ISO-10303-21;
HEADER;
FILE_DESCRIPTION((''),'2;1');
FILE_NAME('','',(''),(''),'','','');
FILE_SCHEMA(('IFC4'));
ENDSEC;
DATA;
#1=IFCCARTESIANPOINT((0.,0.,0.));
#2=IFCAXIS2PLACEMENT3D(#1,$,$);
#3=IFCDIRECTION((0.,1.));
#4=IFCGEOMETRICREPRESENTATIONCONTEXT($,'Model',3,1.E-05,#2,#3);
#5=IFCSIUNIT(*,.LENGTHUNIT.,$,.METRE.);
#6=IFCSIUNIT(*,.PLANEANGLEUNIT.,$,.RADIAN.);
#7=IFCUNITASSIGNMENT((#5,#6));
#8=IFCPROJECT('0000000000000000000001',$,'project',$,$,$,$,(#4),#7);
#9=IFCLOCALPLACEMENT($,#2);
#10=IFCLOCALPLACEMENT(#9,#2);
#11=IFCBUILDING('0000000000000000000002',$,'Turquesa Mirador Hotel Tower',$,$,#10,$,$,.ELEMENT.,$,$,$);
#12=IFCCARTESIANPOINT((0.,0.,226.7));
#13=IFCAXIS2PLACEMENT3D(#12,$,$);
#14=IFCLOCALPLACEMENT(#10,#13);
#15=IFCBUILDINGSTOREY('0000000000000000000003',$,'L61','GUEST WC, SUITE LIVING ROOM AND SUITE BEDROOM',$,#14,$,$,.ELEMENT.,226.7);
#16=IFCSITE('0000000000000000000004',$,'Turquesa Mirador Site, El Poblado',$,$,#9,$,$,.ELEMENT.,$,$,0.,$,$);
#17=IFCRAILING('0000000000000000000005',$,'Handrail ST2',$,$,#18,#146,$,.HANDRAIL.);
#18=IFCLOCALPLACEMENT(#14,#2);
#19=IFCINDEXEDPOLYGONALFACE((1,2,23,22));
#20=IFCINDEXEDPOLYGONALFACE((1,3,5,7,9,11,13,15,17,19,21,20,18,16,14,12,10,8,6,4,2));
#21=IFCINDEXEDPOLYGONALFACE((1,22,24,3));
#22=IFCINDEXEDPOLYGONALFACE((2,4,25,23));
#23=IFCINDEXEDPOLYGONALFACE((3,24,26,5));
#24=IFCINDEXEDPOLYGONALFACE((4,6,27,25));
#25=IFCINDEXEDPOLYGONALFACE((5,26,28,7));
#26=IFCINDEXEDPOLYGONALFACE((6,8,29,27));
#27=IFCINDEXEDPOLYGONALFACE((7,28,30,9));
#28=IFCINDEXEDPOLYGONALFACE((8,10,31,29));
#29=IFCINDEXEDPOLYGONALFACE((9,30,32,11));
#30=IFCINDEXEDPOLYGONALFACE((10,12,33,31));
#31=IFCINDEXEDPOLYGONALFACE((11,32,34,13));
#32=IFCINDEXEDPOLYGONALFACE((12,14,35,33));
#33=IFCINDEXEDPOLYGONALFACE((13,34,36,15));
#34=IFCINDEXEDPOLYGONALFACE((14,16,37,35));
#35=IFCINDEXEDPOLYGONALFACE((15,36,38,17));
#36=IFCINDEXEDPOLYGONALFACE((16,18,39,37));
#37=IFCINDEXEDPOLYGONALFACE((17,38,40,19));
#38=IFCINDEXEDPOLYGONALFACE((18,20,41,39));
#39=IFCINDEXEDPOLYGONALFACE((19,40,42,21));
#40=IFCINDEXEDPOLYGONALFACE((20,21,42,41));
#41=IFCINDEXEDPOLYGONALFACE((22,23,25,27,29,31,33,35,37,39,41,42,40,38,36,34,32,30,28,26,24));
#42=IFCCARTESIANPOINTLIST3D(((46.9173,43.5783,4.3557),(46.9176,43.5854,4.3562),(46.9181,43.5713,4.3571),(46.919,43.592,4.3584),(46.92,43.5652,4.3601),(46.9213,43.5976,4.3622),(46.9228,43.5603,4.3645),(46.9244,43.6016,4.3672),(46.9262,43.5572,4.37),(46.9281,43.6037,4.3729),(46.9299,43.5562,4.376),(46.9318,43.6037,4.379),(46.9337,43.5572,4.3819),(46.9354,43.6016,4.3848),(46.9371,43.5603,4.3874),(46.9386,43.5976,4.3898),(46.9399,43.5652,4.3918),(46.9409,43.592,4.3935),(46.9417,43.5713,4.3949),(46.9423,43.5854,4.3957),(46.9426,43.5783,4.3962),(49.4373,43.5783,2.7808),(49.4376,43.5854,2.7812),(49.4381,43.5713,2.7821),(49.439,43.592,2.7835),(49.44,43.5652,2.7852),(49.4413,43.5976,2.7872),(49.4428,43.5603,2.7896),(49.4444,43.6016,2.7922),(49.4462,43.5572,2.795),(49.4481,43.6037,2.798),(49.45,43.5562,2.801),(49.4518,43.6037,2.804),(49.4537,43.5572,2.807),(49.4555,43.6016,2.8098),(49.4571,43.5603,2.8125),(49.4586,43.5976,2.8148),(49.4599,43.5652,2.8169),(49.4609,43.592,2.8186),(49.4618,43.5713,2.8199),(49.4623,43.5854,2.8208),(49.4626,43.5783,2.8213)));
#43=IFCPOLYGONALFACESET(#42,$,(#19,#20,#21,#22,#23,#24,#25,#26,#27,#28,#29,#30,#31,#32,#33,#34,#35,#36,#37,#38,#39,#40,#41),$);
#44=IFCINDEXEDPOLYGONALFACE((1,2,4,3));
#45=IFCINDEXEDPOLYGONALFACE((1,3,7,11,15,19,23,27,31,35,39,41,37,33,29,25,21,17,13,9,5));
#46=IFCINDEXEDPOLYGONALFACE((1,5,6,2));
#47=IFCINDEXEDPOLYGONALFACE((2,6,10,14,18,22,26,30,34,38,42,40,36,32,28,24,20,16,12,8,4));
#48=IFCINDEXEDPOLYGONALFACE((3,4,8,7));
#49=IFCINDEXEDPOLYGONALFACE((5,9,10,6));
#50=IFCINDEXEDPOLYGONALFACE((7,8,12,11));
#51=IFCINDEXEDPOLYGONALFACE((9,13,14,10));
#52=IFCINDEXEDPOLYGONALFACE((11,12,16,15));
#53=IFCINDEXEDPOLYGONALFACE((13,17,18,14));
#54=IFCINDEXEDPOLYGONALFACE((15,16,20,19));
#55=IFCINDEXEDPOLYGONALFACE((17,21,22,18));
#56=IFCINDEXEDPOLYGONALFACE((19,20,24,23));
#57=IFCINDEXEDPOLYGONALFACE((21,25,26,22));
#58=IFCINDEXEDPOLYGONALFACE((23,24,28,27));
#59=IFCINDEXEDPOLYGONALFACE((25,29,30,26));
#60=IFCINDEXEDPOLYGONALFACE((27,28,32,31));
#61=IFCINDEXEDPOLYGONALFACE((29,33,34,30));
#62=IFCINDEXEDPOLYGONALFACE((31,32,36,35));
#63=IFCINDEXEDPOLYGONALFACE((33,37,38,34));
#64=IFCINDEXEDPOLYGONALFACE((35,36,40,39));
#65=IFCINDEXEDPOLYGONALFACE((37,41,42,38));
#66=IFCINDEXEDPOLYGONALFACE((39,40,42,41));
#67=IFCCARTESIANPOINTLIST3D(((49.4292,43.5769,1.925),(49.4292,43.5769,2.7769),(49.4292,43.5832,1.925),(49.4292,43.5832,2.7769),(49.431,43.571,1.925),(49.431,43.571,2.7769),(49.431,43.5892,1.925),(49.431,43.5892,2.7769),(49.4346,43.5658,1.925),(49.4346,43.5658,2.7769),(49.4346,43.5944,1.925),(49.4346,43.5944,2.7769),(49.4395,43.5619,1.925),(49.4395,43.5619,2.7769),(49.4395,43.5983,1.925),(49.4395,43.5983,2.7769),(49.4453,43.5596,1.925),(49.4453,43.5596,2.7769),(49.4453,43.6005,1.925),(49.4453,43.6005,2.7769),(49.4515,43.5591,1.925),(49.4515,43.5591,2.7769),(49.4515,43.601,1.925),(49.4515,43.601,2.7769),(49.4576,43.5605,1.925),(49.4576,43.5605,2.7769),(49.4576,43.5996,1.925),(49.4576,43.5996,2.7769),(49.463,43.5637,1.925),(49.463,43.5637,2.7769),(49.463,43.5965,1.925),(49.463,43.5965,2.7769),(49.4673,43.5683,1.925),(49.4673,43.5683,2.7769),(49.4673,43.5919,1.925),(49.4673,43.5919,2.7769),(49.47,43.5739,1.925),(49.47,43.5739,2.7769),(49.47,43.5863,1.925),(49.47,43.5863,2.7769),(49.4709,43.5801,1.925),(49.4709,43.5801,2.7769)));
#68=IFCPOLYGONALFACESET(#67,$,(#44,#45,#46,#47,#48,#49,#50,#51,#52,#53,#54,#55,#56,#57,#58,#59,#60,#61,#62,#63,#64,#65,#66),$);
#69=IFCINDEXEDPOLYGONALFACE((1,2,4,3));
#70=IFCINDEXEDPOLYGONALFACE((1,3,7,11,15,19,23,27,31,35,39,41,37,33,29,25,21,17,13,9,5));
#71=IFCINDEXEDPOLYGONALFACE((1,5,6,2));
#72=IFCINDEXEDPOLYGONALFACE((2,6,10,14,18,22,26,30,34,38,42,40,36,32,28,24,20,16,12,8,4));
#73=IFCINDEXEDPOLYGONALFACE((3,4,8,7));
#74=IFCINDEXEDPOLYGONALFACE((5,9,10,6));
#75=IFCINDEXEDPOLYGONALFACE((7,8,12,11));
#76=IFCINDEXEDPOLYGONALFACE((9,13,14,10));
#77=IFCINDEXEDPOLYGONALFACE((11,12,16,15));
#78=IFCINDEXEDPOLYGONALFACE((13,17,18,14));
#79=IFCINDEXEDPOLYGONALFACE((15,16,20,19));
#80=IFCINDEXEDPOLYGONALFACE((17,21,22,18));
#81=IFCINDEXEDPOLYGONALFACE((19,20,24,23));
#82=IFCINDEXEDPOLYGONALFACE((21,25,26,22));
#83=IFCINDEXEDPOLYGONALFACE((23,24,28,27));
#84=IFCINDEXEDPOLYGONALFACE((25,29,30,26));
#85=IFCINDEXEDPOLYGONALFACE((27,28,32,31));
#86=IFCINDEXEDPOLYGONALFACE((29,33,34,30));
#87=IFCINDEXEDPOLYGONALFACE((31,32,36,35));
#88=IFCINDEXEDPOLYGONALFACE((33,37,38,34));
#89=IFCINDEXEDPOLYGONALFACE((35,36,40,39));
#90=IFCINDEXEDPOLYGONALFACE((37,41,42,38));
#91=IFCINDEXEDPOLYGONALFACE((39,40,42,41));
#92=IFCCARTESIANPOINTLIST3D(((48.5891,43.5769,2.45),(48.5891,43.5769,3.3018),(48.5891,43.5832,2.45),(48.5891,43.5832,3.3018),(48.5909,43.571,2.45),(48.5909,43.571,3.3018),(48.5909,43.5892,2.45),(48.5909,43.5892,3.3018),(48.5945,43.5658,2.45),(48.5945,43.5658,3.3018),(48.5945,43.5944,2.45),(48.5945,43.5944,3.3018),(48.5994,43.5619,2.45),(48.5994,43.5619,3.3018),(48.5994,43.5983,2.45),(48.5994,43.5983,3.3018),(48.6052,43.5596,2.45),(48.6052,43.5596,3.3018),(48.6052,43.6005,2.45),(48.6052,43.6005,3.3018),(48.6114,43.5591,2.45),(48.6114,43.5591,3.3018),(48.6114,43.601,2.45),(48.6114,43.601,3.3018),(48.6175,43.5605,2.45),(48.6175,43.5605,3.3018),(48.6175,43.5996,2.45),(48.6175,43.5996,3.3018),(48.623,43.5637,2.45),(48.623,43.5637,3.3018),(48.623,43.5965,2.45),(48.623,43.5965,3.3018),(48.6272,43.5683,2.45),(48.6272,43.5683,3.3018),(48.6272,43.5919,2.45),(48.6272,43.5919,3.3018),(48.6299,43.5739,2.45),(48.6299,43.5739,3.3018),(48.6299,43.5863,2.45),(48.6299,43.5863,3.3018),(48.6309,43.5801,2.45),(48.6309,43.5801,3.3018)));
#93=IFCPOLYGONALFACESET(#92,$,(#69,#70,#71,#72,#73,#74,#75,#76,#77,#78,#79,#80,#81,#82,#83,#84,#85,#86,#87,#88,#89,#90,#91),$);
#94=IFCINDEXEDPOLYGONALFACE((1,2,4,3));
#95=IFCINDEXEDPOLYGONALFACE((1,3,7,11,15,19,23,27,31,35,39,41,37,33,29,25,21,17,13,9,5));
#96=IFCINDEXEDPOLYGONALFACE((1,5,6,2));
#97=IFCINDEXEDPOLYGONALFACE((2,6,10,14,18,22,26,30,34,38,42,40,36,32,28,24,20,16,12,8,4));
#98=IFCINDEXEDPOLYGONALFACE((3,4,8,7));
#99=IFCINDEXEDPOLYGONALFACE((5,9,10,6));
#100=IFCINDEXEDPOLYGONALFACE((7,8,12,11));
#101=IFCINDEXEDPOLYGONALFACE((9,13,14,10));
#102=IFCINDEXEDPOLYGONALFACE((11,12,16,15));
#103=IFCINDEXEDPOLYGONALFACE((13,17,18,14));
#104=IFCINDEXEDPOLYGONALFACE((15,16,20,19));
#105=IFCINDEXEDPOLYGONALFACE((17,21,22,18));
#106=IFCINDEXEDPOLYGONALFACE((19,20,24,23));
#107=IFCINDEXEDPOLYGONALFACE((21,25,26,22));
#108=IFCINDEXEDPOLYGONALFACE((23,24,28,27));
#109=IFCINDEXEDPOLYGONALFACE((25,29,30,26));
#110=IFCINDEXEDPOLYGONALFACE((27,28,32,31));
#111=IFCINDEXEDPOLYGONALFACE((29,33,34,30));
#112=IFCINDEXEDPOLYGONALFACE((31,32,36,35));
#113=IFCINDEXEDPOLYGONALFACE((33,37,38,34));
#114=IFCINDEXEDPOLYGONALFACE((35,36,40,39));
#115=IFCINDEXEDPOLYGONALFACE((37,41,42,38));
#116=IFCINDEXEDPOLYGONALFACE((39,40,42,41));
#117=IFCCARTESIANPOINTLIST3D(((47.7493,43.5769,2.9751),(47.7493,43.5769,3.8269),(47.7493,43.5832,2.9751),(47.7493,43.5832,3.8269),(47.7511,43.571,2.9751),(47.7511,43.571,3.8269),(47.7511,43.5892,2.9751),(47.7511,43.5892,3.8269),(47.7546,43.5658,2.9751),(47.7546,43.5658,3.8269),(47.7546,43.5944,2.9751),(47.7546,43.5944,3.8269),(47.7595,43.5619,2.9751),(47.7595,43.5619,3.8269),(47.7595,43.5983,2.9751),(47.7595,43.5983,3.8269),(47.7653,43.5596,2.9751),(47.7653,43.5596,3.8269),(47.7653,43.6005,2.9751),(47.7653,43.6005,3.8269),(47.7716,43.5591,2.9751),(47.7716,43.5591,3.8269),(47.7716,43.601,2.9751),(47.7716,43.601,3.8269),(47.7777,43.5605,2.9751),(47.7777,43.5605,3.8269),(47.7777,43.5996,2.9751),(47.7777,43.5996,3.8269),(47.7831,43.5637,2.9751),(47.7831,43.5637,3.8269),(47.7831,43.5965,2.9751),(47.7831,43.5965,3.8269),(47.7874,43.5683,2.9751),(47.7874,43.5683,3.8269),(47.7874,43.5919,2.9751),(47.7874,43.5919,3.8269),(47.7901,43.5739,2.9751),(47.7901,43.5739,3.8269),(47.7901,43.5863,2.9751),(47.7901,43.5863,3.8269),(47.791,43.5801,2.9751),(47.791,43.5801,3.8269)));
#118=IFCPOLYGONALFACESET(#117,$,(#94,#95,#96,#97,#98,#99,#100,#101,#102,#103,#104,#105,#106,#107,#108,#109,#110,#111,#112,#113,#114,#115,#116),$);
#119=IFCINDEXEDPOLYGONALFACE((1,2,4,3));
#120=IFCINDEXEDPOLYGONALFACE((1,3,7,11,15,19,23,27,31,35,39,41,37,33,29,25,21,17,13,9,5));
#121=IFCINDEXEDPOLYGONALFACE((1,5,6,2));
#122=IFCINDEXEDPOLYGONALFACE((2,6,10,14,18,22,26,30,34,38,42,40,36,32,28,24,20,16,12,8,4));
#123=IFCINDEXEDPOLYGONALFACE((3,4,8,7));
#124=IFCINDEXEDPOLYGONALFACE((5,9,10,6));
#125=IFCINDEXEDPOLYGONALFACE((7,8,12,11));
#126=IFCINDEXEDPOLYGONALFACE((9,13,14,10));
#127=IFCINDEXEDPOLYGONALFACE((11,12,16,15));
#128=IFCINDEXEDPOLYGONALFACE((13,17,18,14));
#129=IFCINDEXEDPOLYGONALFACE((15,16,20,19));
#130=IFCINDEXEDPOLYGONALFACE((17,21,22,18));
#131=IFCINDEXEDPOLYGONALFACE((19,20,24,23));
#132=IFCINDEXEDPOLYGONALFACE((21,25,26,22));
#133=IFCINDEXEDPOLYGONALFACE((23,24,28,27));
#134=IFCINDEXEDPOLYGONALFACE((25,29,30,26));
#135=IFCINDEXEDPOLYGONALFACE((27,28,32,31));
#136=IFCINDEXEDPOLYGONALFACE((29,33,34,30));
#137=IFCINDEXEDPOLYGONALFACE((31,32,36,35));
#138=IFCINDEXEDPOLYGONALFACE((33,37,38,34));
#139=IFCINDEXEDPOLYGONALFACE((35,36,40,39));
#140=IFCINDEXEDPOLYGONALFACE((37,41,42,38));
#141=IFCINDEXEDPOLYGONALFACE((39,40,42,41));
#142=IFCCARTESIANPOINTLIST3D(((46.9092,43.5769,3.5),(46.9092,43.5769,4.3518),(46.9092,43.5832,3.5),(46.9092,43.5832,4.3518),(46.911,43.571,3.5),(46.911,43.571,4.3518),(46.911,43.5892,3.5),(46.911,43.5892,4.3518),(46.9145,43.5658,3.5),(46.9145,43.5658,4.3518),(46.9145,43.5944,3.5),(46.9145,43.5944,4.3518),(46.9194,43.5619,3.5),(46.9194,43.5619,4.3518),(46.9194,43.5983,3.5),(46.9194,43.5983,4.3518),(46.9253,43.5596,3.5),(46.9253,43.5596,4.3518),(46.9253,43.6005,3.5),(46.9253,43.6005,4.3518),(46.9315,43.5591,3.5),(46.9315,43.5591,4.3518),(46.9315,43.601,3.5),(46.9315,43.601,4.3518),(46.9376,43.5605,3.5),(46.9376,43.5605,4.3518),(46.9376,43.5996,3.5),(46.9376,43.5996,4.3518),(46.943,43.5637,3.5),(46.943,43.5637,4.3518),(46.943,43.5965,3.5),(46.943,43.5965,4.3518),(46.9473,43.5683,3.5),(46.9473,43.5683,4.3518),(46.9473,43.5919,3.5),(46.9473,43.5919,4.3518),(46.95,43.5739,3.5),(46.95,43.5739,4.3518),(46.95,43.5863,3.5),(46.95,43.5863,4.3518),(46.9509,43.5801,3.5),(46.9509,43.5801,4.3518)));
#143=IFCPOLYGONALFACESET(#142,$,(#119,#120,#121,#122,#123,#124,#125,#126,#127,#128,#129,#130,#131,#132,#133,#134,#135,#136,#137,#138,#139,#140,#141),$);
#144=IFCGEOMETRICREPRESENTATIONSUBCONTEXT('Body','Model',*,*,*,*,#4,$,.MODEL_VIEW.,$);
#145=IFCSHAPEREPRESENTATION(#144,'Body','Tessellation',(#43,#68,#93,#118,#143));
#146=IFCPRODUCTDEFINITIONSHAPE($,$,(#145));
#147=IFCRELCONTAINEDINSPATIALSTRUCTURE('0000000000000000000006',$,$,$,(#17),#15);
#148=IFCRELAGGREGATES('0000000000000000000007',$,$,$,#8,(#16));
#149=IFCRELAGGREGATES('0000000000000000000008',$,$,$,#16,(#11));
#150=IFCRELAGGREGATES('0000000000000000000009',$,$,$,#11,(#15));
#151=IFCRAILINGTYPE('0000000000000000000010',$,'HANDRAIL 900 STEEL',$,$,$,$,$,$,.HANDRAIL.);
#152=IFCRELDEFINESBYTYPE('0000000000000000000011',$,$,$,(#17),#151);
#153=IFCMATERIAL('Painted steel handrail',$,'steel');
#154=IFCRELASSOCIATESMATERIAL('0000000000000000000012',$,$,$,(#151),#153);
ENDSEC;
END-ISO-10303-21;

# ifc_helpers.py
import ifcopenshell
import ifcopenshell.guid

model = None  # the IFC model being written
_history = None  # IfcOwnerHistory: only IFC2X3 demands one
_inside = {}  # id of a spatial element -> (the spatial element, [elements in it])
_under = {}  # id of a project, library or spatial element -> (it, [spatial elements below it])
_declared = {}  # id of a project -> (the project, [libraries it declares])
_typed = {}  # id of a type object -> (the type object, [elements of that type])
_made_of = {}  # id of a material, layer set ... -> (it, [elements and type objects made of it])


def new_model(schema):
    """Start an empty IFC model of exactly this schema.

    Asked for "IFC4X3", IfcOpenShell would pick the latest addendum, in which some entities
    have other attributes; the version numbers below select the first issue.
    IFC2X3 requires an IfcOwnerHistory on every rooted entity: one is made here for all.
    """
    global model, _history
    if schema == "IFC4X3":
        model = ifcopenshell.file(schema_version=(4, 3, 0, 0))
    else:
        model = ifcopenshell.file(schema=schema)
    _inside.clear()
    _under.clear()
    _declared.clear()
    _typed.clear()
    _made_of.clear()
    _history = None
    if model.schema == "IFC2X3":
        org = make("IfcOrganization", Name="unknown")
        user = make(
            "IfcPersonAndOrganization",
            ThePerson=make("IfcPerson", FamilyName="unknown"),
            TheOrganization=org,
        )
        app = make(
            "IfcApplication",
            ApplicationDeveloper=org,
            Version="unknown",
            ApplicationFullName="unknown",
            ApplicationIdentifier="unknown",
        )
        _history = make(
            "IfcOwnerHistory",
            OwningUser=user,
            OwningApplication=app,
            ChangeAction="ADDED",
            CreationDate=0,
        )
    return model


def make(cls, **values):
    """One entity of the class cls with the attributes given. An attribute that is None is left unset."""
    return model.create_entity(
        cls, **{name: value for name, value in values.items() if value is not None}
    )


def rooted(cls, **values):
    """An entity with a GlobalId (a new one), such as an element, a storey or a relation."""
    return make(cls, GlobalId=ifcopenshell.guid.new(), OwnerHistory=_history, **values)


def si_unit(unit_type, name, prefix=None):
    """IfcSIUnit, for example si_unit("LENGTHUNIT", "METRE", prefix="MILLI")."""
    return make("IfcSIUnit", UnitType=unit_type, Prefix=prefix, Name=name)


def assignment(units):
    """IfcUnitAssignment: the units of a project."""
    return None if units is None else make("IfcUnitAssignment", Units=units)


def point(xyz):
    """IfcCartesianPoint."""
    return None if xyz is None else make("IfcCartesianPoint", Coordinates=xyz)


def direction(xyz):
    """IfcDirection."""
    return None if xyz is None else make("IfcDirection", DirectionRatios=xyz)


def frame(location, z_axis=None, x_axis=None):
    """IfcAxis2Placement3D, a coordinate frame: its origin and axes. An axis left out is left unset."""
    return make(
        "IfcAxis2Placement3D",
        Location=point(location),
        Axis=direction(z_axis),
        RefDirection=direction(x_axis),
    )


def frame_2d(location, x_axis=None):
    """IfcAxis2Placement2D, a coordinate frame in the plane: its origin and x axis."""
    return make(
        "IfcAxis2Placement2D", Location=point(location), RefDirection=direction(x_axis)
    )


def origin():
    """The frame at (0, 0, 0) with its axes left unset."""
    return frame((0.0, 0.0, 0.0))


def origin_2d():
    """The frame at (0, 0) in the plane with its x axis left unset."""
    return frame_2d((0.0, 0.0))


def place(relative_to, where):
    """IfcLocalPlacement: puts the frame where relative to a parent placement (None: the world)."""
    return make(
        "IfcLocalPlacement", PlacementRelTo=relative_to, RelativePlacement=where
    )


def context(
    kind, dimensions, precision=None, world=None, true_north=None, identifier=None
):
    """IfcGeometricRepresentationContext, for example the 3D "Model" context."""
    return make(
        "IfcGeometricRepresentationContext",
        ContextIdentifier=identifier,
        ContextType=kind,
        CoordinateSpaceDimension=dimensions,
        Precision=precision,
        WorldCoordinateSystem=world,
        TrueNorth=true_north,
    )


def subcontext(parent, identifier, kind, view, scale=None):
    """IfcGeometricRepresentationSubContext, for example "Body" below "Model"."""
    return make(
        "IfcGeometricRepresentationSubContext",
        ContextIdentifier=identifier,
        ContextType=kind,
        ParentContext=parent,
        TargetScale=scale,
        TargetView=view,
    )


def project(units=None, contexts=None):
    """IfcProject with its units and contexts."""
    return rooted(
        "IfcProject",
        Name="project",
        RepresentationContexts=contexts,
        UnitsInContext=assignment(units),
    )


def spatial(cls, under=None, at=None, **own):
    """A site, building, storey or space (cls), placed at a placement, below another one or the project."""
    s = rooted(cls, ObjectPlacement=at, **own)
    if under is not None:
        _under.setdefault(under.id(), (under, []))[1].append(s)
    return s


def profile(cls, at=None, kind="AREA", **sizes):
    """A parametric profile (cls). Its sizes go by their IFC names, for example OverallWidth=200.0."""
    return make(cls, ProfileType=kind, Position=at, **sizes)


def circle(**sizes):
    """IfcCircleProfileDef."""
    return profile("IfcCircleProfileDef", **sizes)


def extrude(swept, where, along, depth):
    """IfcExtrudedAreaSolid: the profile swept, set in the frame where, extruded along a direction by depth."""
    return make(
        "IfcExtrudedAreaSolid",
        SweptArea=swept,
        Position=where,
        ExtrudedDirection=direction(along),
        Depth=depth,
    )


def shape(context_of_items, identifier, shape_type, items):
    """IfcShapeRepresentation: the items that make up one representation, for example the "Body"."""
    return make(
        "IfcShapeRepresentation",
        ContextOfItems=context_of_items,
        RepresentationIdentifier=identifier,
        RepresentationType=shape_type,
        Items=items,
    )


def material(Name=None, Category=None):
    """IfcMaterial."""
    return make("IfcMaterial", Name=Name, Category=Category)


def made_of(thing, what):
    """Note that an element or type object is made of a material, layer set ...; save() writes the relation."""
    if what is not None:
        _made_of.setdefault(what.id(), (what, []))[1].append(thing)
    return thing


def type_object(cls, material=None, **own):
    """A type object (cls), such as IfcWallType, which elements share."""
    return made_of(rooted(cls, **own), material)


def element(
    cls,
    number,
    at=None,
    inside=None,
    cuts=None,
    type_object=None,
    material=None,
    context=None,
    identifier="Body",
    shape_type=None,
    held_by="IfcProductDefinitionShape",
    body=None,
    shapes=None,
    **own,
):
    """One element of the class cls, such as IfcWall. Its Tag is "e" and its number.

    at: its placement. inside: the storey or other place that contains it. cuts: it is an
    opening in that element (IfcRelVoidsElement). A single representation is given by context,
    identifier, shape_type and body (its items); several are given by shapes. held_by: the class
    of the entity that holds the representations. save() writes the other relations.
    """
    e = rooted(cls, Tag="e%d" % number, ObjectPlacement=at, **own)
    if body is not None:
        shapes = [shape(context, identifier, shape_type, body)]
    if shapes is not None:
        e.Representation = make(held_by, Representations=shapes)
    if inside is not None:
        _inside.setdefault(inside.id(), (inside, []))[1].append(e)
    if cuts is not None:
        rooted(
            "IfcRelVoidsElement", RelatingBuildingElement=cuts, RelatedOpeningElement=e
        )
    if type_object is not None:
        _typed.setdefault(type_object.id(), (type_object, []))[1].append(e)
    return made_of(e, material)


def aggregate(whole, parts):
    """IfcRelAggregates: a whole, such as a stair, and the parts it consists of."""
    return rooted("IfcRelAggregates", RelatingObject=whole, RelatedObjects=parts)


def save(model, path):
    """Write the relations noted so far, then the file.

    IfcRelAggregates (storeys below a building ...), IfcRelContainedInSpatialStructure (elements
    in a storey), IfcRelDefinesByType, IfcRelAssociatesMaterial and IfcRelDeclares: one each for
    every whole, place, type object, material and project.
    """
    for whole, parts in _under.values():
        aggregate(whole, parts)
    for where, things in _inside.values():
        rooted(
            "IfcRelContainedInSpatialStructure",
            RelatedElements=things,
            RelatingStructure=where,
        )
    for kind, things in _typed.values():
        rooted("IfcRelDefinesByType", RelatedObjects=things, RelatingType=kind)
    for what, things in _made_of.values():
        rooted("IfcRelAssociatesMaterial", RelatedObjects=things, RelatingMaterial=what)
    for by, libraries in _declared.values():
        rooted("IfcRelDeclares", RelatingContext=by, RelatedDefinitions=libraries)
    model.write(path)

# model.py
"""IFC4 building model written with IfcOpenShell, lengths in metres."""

from ifc_helpers import new_model, si_unit, direction, frame, origin, origin_2d, place, context, subcontext, project, spatial, circle, extrude, material, type_object, element, save


model = new_model("IFC4")

# Units and contexts
model_context = context("Model", 3, precision=1e-05, world=origin(), true_north=direction((0.0, 1.0)))
body_context = subcontext(model_context, "Body", "Model", "MODEL_VIEW")
ifc_project = project(units=[si_unit("LENGTHUNIT", "METRE"), si_unit("PLANEANGLEUNIT", "RADIAN")], contexts=[model_context])

# Site, building, storey
site_placement = place(None, origin())
site = spatial("IfcSite", under=ifc_project, at=site_placement, Name="Turquesa Mirador Site, El Poblado", CompositionType="ELEMENT", RefElevation=0.0)
building_placement = place(site_placement, origin())
building = spatial("IfcBuilding", under=site, at=building_placement, Name="Turquesa Mirador Hotel Tower", CompositionType="ELEMENT")
storey_placement = place(building_placement, frame((0.0, 0.0, 226.7)))
storey = spatial("IfcBuildingStorey", under=building, at=storey_placement, Name="L61", Description="GUEST WC, SUITE LIVING ROOM AND SUITE BEDROOM", CompositionType="ELEMENT", Elevation=226.7)

# Railing
ifc_material_1 = material(Name="Painted steel handrail", Category="steel")
railing_type = type_object("IfcRailingType", Name="HANDRAIL 900 STEEL", PredefinedType="HANDRAIL", material=ifc_material_1)
railing_1_placement = place(storey_placement, frame((49.45, 43.5801, 1.925)))
element("IfcRailing", 1, at=railing_1_placement, inside=storey, type_object=railing_type, Name="Handrail ST2", PredefinedType="HANDRAIL", context=body_context, shape_type="SweptSolid", body=[
    extrude(circle(Radius=0.0239, at=origin_2d()), frame((0.0, 0.0, 0.876), z_axis=(-0.848008, 0.0, 0.529984), x_axis=(0.0, -1.0, 0.0)), (0.0, 0.0, 1.0), 2.9717),
    extrude(circle(Radius=0.021, at=origin_2d()), origin(), (0.0, 0.0, 1.0), 0.8518),
    extrude(circle(Radius=0.021, at=origin_2d()), frame((-0.8401, 0.0, 0.5249)), (0.0, 0.0, 1.0), 0.8518),
    extrude(circle(Radius=0.021, at=origin_2d()), frame((-1.6799, 0.0, 1.05)), (0.0, 0.0, 1.0), 0.8518),
    extrude(circle(Radius=0.021, at=origin_2d()), frame((-2.52, 0.0, 1.575)), (0.0, 0.0, 1.0), 0.8518),
])

save(model, "model.ifc")
